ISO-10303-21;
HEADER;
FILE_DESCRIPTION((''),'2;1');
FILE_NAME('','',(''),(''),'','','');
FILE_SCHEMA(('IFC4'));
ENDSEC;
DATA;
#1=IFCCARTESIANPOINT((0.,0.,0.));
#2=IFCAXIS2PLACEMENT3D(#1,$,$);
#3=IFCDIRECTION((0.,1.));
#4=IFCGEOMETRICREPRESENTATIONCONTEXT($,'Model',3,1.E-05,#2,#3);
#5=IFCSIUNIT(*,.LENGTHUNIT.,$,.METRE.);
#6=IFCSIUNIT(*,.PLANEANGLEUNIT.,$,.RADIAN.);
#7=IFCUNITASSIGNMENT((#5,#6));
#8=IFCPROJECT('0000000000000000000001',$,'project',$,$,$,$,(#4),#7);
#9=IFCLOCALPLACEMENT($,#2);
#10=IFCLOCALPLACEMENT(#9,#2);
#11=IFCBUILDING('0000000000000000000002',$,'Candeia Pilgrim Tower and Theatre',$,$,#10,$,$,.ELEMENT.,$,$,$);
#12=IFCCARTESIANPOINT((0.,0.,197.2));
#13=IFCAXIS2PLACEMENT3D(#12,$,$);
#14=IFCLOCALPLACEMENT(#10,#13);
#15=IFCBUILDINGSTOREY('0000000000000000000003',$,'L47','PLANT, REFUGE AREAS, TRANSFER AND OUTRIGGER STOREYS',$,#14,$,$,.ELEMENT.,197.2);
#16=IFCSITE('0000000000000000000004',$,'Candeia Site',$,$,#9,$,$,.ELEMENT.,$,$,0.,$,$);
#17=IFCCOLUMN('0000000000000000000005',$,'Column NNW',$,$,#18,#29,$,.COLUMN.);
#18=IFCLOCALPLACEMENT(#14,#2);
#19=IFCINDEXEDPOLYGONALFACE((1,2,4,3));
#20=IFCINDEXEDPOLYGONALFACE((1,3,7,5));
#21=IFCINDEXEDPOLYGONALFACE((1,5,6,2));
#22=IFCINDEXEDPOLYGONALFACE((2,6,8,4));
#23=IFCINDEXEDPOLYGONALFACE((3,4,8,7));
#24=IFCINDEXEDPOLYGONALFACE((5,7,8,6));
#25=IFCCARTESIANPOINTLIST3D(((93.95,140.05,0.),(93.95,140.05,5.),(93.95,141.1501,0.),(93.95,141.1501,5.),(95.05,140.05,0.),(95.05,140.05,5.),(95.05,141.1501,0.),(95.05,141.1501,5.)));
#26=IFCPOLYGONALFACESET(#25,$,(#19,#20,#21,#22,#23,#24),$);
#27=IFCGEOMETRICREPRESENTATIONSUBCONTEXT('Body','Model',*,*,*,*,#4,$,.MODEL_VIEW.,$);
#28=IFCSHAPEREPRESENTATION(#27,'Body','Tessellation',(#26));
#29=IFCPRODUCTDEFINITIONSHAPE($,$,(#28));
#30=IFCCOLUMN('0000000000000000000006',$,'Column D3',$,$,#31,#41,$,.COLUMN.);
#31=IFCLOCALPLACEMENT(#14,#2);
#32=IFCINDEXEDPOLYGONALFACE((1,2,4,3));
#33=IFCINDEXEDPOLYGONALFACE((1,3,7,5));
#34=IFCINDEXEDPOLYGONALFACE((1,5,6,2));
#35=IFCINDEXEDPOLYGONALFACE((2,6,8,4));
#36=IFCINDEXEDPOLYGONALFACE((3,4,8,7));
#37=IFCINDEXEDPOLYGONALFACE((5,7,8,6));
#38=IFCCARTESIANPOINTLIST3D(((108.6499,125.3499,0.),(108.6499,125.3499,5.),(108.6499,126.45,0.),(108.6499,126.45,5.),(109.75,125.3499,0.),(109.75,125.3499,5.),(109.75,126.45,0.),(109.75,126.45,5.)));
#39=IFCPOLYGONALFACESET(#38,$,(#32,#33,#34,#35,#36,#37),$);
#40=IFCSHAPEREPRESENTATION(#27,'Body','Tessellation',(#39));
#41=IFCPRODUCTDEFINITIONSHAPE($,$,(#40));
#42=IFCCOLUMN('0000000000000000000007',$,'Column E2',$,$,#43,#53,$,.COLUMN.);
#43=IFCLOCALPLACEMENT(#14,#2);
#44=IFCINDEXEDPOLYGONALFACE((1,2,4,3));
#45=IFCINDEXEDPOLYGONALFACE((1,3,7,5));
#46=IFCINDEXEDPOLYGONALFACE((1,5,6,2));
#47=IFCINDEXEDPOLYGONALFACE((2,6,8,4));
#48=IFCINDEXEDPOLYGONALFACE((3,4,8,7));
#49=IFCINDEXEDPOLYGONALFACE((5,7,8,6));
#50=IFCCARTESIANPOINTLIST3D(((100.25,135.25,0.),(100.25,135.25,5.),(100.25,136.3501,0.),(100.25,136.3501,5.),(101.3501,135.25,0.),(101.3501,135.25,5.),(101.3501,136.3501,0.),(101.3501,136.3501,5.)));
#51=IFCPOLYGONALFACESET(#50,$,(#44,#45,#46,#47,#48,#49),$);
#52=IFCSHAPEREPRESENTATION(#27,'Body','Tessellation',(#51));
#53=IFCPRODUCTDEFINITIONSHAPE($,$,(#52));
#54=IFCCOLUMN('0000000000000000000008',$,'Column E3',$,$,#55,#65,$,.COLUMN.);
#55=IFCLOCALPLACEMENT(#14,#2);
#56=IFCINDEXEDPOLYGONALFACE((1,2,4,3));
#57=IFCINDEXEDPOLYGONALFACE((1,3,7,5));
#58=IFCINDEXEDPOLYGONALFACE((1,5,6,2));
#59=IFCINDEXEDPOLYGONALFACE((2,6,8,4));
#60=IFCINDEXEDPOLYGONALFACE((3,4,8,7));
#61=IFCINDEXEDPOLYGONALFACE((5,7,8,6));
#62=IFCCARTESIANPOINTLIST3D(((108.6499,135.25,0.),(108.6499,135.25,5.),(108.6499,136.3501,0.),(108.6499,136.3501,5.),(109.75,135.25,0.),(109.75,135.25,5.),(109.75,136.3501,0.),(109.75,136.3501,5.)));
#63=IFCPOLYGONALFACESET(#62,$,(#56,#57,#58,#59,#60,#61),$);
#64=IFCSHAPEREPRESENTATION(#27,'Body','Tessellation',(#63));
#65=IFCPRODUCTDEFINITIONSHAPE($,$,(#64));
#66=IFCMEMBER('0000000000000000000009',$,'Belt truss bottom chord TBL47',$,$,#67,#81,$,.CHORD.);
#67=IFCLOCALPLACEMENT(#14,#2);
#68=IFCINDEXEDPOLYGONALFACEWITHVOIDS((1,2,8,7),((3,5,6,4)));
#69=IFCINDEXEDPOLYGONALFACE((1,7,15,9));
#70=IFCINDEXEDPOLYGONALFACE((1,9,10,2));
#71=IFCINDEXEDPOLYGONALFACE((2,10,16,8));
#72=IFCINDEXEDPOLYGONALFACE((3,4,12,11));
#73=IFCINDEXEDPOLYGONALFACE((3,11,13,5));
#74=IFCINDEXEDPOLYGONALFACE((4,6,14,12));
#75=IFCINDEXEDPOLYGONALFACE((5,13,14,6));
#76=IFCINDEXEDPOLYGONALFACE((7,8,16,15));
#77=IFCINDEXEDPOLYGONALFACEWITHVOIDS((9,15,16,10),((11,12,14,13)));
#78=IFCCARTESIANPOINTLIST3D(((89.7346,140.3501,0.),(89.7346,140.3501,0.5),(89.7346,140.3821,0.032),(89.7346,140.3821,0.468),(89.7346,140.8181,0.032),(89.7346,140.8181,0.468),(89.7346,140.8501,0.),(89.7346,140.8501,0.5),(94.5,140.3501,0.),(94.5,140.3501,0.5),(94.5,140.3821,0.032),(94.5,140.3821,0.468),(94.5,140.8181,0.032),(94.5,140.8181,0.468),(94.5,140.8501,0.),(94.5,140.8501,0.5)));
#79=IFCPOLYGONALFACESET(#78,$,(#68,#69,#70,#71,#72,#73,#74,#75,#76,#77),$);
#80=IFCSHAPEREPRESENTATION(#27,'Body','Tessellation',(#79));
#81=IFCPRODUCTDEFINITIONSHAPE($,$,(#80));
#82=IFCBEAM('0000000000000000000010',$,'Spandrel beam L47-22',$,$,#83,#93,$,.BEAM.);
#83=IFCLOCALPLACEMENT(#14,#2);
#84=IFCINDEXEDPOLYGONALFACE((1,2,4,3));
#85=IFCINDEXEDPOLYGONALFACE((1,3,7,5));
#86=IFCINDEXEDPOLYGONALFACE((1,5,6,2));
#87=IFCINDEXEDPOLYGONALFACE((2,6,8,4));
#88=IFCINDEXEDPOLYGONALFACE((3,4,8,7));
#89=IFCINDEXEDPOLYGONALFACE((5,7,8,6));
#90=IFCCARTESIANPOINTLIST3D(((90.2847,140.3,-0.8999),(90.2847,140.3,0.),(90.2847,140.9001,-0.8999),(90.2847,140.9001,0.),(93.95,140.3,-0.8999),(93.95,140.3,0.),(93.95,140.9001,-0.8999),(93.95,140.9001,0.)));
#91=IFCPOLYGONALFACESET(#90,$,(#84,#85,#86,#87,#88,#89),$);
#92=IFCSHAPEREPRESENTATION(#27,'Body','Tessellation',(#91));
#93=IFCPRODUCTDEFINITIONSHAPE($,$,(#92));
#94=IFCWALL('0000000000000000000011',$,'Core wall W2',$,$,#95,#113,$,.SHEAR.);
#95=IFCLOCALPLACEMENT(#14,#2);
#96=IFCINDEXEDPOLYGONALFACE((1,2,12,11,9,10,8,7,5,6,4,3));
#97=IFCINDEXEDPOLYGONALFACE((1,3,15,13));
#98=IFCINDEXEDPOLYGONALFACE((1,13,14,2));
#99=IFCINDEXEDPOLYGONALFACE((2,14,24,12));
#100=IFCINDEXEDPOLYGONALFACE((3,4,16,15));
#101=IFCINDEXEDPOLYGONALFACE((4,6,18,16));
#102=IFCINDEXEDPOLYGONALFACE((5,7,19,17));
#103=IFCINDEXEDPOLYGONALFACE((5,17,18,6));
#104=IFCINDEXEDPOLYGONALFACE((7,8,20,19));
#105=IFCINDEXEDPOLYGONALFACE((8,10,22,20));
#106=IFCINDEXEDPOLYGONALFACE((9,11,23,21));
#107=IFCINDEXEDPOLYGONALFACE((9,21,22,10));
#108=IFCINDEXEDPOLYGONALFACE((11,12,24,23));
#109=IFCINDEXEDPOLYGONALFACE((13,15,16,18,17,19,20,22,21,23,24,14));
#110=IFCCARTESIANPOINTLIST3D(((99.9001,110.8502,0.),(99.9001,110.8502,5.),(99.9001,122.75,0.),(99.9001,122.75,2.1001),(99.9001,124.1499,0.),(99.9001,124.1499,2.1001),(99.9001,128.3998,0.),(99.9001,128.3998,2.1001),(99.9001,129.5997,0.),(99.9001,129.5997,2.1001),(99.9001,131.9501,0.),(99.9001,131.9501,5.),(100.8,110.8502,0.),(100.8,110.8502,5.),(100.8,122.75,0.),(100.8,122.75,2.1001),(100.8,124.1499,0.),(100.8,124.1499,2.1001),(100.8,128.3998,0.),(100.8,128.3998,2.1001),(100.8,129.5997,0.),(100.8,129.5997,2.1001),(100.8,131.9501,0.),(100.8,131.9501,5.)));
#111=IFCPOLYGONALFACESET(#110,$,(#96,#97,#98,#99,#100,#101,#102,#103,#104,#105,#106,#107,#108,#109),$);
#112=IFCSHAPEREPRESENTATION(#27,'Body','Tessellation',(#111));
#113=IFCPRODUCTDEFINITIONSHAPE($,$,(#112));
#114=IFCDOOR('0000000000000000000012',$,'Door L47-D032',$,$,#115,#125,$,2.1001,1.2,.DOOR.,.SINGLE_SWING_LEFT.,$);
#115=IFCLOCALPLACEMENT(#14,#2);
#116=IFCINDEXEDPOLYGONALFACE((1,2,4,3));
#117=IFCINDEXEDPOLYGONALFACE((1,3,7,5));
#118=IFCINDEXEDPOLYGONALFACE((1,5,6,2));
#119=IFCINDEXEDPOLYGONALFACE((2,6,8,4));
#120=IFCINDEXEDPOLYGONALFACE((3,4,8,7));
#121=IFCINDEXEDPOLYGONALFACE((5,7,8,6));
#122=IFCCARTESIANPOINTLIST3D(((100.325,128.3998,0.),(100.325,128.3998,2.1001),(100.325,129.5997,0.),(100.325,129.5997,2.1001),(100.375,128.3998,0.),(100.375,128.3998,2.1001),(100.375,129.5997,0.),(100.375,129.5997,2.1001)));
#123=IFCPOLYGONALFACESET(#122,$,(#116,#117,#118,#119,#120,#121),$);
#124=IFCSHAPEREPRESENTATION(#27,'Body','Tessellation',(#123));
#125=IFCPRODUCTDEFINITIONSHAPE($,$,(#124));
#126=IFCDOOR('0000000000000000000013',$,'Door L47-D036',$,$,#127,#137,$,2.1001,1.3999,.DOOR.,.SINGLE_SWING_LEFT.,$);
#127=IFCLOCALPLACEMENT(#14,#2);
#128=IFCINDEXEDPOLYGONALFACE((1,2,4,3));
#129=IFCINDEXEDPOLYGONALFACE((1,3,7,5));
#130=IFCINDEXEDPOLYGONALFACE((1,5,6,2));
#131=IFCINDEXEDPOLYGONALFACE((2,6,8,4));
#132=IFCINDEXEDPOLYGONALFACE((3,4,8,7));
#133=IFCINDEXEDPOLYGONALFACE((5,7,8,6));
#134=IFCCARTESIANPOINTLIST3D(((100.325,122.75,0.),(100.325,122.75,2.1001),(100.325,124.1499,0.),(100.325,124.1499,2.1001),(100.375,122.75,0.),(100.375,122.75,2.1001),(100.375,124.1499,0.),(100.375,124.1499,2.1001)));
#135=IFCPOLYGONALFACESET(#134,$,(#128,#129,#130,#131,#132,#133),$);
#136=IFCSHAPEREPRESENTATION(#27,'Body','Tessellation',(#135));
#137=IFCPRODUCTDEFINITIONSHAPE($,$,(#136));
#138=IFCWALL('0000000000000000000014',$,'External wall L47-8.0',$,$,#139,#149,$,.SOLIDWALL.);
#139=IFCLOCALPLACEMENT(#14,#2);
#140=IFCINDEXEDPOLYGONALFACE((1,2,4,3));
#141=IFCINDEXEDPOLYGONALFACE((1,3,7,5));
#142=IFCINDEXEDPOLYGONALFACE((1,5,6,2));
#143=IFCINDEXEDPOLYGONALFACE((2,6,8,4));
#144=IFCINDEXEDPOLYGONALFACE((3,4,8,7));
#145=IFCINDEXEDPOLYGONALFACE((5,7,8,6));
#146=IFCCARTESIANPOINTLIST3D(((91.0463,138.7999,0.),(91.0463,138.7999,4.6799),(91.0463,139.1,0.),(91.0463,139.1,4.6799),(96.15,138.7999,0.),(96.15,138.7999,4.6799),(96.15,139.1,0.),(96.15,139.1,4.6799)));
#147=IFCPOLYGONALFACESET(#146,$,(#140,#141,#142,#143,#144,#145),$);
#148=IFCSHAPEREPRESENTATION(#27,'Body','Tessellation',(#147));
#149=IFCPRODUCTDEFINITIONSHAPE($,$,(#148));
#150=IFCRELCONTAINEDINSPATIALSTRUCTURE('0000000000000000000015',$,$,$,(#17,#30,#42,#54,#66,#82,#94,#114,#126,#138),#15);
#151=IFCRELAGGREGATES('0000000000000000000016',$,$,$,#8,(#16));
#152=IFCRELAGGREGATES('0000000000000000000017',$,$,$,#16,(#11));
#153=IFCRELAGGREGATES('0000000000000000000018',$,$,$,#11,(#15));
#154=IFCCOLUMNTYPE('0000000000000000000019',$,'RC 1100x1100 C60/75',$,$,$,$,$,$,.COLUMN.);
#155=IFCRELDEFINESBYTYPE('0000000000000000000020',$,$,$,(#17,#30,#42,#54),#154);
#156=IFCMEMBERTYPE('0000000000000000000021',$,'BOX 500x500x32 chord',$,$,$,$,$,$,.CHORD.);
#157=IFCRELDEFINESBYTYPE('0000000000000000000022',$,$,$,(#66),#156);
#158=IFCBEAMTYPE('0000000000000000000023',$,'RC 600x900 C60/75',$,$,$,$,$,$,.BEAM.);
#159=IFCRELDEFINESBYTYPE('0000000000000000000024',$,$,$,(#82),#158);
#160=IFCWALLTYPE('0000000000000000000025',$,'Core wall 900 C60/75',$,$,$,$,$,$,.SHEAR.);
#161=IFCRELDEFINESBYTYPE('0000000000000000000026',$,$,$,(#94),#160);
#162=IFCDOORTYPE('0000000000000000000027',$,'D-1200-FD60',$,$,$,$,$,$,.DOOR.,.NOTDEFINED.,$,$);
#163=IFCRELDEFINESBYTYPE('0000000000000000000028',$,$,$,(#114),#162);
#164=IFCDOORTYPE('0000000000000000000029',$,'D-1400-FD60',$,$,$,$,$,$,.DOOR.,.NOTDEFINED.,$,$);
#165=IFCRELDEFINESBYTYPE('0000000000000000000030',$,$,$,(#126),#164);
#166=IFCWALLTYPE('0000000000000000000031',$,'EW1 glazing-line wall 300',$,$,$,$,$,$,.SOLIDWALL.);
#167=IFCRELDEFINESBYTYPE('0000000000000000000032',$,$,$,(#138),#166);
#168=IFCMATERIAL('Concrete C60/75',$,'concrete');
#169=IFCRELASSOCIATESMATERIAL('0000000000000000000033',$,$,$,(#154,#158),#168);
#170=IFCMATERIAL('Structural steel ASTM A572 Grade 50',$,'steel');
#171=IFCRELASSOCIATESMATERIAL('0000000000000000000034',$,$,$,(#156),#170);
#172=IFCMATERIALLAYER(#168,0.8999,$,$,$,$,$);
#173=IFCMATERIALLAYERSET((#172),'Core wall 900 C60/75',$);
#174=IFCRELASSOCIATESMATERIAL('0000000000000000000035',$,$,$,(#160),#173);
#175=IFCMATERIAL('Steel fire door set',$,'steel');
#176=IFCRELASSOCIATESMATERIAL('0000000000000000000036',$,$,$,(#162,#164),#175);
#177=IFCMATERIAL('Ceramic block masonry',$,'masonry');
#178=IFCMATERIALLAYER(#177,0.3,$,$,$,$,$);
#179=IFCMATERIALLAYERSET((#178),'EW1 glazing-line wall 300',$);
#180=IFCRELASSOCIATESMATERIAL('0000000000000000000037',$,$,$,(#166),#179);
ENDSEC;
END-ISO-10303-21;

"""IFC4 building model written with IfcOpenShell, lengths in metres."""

from ifc_helpers import new_model, si_unit, direction, frame, frame_2d, origin, origin_2d, place, context, subcontext, project, spatial, rectangle, hollow_rectangle, extrude, material, layer, layer_set, material_profile, profile_set, type_object, element, fill, save


model = new_model("IFC4")

# Units and contexts
model_context = context("Model", 3, precision=1e-05, world=origin(), true_north=direction((0.0, 1.0)))
body_context = subcontext(model_context, "Body", "Model", "MODEL_VIEW")
ifc_project = project(units=[si_unit("LENGTHUNIT", "METRE"), si_unit("PLANEANGLEUNIT", "RADIAN")], contexts=[model_context])

# Site, building, storey
site_placement = place(None, origin())
site = spatial("IfcSite", under=ifc_project, at=site_placement, Name="Candeia Site", CompositionType="ELEMENT", RefElevation=0.0)
building_placement = place(site_placement, origin())
building = spatial("IfcBuilding", under=site, at=building_placement, Name="Candeia Pilgrim Tower and Theatre", CompositionType="ELEMENT")
storey_placement = place(building_placement, frame((0.0, 0.0, 197.2)))
storey = spatial("IfcBuildingStorey", under=building, at=storey_placement, Name="L47", Description="PLANT, REFUGE AREAS, TRANSFER AND OUTRIGGER STOREYS", CompositionType="ELEMENT", Elevation=197.2)

# Columns
ifc_material_1 = material(Name="Concrete C60/75", Category="concrete")
ifc_material_profile_1 = material_profile(ifc_material_1, rectangle(XDim=1.1001, YDim=1.1001, at=origin_2d()))
ifc_profile_set_1 = profile_set([ifc_material_profile_1], Name="Concrete C60/75")
column_type = type_object("IfcColumnType", Name="RC 1100x1100 C60/75", PredefinedType="COLUMN", material=ifc_profile_set_1)
for number, where, z_axis, x_axis, name in (
    (1, (94.5, 140.6001, 0.0), (0.0, 0.0, 1.0), (1.0, 0.0, 0.0), "Column NNW"),
    (2, (109.2, 125.8999, 0.0), (0.0, 0.0, 1.0), (1.0, 0.0, 0.0), "Column D3"),
    (3, (100.8, 135.8, 0.0), (0.0, 0.0, 1.0), (1.0, 0.0, 0.0), "Column E2"),
    (4, (109.2, 135.8, 0.0), (0.0, 0.0, 1.0), (1.0, 0.0, 0.0), "Column E3"),
):
    element("IfcColumn", number, at=place(storey_placement, frame(where, z_axis=z_axis, x_axis=x_axis)), inside=storey, type_object=column_type, Name=name, PredefinedType="COLUMN", context=body_context, shape_type="SweptSolid", body=[
        extrude(rectangle(XDim=1.1001, YDim=1.1001, at=origin_2d()), origin(), (0.0, 0.0, 1.0), 5.0),
    ])

# Member
ifc_material_2 = material(Name="Structural steel ASTM A572 Grade 50", Category="steel")
ifc_material_profile_2 = material_profile(ifc_material_2, hollow_rectangle(XDim=0.5, YDim=0.5, WallThickness=0.032, at=origin_2d()))
ifc_profile_set_2 = profile_set([ifc_material_profile_2], Name="Structural steel ASTM A572 Grade 50")
member_type = type_object("IfcMemberType", Name="BOX 500x500x32 chord", PredefinedType="CHORD", material=ifc_profile_set_2)
member_placement = place(storey_placement, frame((94.5, 140.6001, 0.25), z_axis=(-1.0, 0.0, 0.0), x_axis=(0.0, -1.0, 0.0)))
element("IfcMember", 5, at=member_placement, inside=storey, type_object=member_type, Name="Belt truss bottom chord TBL47", PredefinedType="CHORD", context=body_context, shape_type="SweptSolid", body=[
    extrude(hollow_rectangle(XDim=0.5, YDim=0.5, WallThickness=0.032, at=origin_2d()), origin(), (0.0, 0.0, 1.0), 4.7654),
])

# Beam
ifc_material_profile_3 = material_profile(ifc_material_1, rectangle(XDim=0.6001, YDim=0.8999, at=origin_2d()))
ifc_profile_set_3 = profile_set([ifc_material_profile_3], Name="Concrete C60/75")
beam_type = type_object("IfcBeamType", Name="RC 600x900 C60/75", PredefinedType="BEAM", material=ifc_profile_set_3)
beam_placement = place(storey_placement, frame((93.95, 140.6001, -0.45), z_axis=(-1.0, 0.0, 0.0), x_axis=(0.0, -1.0, 0.0)))
element("IfcBeam", 6, at=beam_placement, inside=storey, type_object=beam_type, Name="Spandrel beam L47-22", PredefinedType="BEAM", context=body_context, shape_type="SweptSolid", body=[
    extrude(rectangle(XDim=0.6001, YDim=0.8999, at=origin_2d()), origin(), (0.0, 0.0, 1.0), 3.6653),
])

# Wall, openings, doors
ifc_layer_1 = layer(ifc_material_1, 0.8999)
ifc_layer_set_1 = layer_set([ifc_layer_1], Name="Core wall 900 C60/75")
wall_type_1 = type_object("IfcWallType", Name="Core wall 900 C60/75", PredefinedType="SHEAR", material=ifc_layer_set_1)
wall_1_placement = place(storey_placement, frame((100.3501, 131.95, 0.0), z_axis=(0.0, 0.0, 1.0), x_axis=(0.0, -1.0, 0.0)))
wall_1 = element("IfcWall", 7, at=wall_1_placement, inside=storey, type_object=wall_type_1, Name="Core wall W2", PredefinedType="SHEAR", context=body_context, shape_type="SweptSolid", body=[
    extrude(rectangle(XDim=21.0999, YDim=0.8999, at=frame_2d((10.5498, 0.0))), origin(), (0.0, 0.0, 1.0), 5.0),
])
opening_1_placement = place(wall_1_placement, frame((2.3501, 0.0, 0.0)))
opening_1 = element("IfcOpeningElement", 8, at=opening_1_placement, cuts=wall_1, PredefinedType="OPENING", context=body_context, shape_type="SweptSolid", body=[
    extrude(rectangle(XDim=1.2, YDim=2.1001, at=frame_2d((0.6001, 1.05))), frame((0.0, 0.46, 0.0), z_axis=(0.0, -1.0, 0.0), x_axis=(1.0, 0.0, 0.0)), (0.0, 0.0, 1.0), 0.9199),
])
opening_2_placement = place(wall_1_placement, frame((7.8, 0.0, 0.0)))
opening_2 = element("IfcOpeningElement", 9, at=opening_2_placement, cuts=wall_1, PredefinedType="OPENING", context=body_context, shape_type="SweptSolid", body=[
    extrude(rectangle(XDim=1.3999, YDim=2.1001, at=frame_2d((0.7, 1.05))), frame((0.0, 0.46, 0.0), z_axis=(0.0, -1.0, 0.0), x_axis=(1.0, 0.0, 0.0)), (0.0, 0.0, 1.0), 0.9199),
])
ifc_material_3 = material(Name="Steel fire door set", Category="steel")
door_type_1 = type_object("IfcDoorType", Name="D-1200-FD60", OperationType="NOTDEFINED", PredefinedType="DOOR", material=ifc_material_3)
door_1_placement = place(opening_1_placement, origin())
door_1 = element("IfcDoor", 10, at=door_1_placement, inside=storey, type_object=door_type_1, Name="Door L47-D032", OperationType="SINGLE_SWING_LEFT", OverallHeight=2.1001, OverallWidth=1.2, PredefinedType="DOOR", context=body_context, shape_type="SweptSolid", body=[
    extrude(rectangle(XDim=1.2, YDim=2.1001, at=frame_2d((0.6001, 1.05))), frame((0.0, 0.0249, 0.0), z_axis=(0.0, -1.0, 0.0), x_axis=(1.0, 0.0, 0.0)), (0.0, 0.0, 1.0), 0.05),
])
fill(opening_1, door_1)
door_type_2 = type_object("IfcDoorType", Name="D-1400-FD60", OperationType="NOTDEFINED", PredefinedType="DOOR", material=ifc_material_3)
door_2_placement = place(opening_2_placement, origin())
door_2 = element("IfcDoor", 11, at=door_2_placement, inside=storey, type_object=door_type_2, Name="Door L47-D036", OperationType="SINGLE_SWING_LEFT", OverallHeight=2.1001, OverallWidth=1.3999, PredefinedType="DOOR", context=body_context, shape_type="SweptSolid", body=[
    extrude(rectangle(XDim=1.3999, YDim=2.1001, at=frame_2d((0.7, 1.05))), frame((0.0, 0.0249, 0.0), z_axis=(0.0, -1.0, 0.0), x_axis=(1.0, 0.0, 0.0)), (0.0, 0.0, 1.0), 0.05),
])
fill(opening_2, door_2)

# Wall
ifc_material_4 = material(Name="Ceramic block masonry", Category="masonry")
ifc_layer_2 = layer(ifc_material_4, 0.3)
ifc_layer_set_2 = layer_set([ifc_layer_2], Name="EW1 glazing-line wall 300")
wall_type_2 = type_object("IfcWallType", Name="EW1 glazing-line wall 300", PredefinedType="SOLIDWALL", material=ifc_layer_set_2)
wall_2_placement = place(storey_placement, frame((96.1499, 138.95, 0.0), z_axis=(0.0, 0.0, 1.0), x_axis=(-1.0, 0.0, 0.0)))
element("IfcWall", 12, at=wall_2_placement, inside=storey, type_object=wall_type_2, Name="External wall L47-8.0", PredefinedType="SOLIDWALL", context=body_context, shape_type="SweptSolid", body=[
    extrude(rectangle(XDim=5.1038, YDim=0.3, at=frame_2d((2.5518, 0.0))), origin(), (0.0, 0.0, 1.0), 4.6799),
])

save(model, "model.ifc")
